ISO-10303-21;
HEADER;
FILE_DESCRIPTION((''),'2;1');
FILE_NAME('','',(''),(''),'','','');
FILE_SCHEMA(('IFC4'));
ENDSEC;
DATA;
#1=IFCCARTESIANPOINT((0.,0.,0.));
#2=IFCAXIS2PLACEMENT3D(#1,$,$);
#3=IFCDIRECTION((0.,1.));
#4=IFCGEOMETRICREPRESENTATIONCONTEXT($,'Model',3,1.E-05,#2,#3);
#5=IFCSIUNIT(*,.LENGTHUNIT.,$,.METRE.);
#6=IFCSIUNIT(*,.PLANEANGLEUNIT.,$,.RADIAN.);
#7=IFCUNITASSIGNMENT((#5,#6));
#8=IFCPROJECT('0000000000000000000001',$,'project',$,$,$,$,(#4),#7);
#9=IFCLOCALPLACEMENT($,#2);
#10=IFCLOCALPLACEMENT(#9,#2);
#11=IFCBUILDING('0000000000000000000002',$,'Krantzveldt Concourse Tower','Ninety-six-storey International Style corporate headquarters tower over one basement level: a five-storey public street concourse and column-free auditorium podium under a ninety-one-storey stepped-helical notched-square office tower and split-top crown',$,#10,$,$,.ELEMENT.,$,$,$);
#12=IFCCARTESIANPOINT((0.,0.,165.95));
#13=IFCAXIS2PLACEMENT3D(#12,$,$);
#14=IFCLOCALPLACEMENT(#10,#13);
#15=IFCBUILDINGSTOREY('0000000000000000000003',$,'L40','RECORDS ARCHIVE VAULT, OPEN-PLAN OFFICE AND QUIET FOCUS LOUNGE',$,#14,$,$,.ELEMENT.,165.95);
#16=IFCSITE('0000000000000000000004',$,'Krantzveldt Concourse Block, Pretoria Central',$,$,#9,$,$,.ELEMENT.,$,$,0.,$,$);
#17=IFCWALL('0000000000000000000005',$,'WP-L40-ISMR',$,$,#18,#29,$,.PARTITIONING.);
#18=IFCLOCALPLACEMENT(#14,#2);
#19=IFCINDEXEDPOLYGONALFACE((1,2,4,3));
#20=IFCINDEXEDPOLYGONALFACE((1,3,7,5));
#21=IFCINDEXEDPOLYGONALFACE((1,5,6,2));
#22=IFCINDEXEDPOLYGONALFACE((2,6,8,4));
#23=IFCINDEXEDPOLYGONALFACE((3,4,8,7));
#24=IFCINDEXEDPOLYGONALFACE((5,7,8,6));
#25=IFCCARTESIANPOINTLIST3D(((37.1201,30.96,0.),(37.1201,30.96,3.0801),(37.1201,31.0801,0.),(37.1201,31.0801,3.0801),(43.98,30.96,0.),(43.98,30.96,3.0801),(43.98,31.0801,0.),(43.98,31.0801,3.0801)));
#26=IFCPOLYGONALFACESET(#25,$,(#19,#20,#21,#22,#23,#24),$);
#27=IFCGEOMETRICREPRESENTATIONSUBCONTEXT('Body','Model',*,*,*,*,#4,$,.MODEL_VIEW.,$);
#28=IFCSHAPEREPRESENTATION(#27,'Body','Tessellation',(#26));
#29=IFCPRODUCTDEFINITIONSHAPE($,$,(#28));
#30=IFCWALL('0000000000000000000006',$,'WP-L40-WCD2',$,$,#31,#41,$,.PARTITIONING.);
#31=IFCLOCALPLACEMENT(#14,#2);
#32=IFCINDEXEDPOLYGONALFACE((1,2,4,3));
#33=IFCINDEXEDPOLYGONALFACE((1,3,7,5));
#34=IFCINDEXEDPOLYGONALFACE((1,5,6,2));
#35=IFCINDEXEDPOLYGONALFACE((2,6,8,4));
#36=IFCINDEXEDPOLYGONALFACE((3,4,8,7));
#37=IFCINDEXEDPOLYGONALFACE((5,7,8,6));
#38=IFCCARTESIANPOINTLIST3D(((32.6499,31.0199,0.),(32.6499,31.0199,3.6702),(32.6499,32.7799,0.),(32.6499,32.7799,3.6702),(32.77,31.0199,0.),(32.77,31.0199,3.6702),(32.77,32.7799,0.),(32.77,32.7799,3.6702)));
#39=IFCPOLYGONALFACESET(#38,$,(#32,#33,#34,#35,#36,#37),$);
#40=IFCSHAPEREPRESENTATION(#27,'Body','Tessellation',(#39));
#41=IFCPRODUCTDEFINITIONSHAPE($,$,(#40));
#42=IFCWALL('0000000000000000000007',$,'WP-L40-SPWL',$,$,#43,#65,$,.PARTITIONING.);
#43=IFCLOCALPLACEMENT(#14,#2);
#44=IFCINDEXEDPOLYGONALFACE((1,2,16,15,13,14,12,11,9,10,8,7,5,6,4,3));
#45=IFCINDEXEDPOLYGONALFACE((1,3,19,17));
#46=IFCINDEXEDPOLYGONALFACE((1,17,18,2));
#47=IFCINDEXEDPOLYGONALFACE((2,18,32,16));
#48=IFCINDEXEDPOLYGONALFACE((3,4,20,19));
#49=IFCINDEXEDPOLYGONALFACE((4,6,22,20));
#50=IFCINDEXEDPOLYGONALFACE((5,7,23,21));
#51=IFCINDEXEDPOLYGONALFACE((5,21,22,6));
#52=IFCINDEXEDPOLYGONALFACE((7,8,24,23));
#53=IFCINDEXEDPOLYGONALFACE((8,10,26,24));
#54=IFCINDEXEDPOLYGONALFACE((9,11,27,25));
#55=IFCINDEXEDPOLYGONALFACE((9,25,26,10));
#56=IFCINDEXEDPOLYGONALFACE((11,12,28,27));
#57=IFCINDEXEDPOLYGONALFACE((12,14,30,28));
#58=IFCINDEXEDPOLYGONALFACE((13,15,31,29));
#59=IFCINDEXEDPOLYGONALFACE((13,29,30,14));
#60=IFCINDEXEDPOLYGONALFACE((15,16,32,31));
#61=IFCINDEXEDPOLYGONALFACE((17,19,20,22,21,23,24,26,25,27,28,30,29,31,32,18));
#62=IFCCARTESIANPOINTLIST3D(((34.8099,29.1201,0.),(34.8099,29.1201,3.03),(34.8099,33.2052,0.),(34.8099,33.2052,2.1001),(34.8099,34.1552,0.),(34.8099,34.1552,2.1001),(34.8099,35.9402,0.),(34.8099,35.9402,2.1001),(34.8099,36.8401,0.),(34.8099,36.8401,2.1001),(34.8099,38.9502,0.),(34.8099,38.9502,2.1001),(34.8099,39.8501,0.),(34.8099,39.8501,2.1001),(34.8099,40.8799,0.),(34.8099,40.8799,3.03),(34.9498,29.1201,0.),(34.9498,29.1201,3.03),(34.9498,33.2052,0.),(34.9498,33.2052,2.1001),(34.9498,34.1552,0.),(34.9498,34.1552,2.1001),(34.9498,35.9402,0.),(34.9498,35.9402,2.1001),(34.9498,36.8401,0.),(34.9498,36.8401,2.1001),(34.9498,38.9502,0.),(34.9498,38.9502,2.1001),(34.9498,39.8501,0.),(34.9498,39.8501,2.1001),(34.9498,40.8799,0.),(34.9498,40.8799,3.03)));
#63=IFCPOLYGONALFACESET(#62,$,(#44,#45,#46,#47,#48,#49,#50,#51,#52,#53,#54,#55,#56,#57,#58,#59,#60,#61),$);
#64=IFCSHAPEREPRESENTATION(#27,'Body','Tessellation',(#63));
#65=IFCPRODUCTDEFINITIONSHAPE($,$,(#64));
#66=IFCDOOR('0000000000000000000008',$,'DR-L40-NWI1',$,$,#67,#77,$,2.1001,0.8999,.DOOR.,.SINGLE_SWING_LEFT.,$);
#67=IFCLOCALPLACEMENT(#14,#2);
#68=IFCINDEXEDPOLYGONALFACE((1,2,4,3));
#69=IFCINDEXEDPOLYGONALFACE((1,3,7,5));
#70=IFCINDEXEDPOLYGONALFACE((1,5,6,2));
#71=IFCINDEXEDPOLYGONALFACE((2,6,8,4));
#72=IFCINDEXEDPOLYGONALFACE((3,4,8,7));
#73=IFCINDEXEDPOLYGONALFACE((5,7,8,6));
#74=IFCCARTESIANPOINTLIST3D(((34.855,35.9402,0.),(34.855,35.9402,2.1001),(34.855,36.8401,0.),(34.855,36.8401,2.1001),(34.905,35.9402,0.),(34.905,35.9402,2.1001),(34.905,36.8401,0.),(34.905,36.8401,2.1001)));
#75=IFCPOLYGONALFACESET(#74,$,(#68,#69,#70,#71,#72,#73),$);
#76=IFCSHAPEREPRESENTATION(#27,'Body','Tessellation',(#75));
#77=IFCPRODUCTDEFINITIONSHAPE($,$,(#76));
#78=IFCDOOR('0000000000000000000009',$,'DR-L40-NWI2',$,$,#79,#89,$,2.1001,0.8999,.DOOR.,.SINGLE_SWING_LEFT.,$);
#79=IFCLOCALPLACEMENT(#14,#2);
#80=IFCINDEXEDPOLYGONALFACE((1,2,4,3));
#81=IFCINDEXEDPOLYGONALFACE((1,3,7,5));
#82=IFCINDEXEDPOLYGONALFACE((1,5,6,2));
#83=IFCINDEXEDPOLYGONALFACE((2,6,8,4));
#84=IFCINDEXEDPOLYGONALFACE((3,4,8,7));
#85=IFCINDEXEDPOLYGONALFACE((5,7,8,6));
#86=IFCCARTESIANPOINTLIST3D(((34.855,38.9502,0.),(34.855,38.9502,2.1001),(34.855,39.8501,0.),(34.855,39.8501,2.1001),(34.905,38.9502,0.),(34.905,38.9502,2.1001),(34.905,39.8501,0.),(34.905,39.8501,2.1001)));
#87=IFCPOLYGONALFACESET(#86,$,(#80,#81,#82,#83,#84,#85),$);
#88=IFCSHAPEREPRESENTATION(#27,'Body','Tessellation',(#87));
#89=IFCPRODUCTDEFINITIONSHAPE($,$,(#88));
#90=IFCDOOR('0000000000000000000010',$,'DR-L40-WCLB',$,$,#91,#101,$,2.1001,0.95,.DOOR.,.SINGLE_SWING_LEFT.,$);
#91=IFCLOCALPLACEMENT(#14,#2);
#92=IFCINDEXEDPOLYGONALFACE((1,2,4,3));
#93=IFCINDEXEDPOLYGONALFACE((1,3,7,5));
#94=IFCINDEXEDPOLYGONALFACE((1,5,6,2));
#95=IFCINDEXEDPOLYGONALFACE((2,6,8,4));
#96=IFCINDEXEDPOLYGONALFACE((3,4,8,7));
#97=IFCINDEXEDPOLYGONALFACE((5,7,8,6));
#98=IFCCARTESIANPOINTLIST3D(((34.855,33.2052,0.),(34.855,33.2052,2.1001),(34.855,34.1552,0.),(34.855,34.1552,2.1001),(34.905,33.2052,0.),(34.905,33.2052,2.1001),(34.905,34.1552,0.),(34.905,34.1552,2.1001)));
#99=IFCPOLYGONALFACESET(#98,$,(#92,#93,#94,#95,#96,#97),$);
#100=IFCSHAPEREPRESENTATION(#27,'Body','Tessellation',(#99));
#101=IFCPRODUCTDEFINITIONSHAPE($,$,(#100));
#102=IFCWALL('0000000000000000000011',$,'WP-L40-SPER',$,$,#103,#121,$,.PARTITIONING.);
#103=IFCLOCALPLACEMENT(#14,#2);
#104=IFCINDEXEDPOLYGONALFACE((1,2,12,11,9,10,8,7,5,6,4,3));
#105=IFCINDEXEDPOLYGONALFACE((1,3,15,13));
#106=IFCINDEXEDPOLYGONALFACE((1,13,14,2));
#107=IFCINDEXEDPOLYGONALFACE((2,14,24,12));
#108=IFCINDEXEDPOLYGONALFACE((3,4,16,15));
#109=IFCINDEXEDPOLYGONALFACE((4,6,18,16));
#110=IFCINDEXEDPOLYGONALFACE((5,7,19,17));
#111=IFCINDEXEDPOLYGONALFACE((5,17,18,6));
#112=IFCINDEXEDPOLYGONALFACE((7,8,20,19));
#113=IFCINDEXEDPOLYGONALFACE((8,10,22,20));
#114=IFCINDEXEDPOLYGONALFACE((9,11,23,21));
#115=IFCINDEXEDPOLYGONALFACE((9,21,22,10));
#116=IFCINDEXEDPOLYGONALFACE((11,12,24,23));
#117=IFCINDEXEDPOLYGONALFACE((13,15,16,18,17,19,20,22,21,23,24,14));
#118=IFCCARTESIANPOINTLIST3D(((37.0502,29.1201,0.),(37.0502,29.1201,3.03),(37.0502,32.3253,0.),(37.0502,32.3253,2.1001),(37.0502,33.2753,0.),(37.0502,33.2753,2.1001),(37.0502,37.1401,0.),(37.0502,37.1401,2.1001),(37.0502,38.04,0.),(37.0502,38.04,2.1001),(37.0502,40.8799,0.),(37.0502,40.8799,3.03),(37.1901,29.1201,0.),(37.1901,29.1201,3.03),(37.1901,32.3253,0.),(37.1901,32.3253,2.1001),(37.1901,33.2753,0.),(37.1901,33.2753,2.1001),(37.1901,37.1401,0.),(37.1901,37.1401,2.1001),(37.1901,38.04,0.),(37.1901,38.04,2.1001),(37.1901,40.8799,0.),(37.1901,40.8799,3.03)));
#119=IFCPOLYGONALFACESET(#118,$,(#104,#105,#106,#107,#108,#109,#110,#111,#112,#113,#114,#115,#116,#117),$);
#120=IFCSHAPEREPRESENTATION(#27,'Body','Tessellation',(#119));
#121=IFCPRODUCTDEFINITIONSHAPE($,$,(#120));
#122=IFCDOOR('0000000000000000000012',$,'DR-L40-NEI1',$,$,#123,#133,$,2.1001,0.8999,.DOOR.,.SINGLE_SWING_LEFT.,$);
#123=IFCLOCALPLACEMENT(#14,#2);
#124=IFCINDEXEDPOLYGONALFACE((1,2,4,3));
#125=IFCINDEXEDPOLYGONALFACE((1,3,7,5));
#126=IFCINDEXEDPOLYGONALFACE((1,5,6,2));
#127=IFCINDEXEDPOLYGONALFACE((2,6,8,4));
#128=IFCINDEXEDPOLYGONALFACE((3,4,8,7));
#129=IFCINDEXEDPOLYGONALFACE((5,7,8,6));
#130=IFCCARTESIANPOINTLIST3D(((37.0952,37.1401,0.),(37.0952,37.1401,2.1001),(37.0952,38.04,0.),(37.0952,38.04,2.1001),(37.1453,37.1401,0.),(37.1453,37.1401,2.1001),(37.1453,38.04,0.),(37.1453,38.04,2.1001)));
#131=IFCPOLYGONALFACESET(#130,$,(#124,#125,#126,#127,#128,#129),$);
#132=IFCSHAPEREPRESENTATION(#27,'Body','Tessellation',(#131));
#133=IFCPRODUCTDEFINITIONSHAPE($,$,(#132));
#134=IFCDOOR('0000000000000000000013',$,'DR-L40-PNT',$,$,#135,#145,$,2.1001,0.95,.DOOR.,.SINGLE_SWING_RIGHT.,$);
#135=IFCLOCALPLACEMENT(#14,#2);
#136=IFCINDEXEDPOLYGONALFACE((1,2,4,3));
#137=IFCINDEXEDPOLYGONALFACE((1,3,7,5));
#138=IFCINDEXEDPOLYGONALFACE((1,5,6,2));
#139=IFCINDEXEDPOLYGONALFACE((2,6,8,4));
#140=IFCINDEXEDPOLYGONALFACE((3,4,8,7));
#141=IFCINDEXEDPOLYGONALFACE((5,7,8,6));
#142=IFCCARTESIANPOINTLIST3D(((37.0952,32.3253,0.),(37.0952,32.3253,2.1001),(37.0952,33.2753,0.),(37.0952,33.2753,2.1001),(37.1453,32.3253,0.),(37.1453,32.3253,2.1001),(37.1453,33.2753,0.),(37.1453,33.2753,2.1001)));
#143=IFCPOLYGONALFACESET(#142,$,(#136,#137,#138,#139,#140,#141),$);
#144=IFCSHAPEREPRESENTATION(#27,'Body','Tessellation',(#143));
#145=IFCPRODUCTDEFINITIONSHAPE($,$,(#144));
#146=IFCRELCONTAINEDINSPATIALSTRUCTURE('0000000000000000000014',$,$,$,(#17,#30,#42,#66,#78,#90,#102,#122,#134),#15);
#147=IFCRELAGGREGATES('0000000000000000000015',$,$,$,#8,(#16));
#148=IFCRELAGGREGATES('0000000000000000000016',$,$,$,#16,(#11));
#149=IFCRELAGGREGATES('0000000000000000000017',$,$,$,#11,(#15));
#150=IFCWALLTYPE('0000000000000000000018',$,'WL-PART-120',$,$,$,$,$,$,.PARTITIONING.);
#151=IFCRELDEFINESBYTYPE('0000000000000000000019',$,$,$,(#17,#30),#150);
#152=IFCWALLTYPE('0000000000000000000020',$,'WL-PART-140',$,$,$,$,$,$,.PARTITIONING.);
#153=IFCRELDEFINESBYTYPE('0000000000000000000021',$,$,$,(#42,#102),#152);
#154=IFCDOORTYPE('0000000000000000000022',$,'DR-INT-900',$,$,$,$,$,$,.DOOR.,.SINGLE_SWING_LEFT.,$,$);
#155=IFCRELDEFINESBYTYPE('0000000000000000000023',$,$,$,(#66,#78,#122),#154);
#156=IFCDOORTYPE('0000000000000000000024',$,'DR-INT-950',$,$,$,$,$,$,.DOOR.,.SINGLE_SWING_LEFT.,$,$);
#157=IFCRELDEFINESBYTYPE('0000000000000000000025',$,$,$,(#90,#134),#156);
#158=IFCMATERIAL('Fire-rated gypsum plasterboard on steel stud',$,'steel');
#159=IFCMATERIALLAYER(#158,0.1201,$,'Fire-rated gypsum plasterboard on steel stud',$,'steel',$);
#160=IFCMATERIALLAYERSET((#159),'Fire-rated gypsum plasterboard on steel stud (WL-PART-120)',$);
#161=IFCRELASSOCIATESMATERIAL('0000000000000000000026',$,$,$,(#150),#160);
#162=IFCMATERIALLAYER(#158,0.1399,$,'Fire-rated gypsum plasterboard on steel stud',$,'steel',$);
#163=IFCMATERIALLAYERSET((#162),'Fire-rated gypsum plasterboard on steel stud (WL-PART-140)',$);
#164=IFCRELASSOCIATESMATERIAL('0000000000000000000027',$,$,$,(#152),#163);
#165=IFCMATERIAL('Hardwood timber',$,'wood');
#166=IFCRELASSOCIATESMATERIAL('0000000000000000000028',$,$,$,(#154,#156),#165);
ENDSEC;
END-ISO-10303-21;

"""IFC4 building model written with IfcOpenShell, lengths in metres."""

from ifc_helpers import new_model, si_unit, direction, frame, frame_2d, origin, place, context, subcontext, project, spatial, rectangle, extrude, material, layer, layer_set, type_object, element, fill, save


model = new_model("IFC4")

# Units and contexts
model_context = context("Model", 3, precision=1e-05, world=origin(), true_north=direction((0.0, 1.0)))
body_context = subcontext(model_context, "Body", "Model", "MODEL_VIEW")
ifc_project = project(units=[si_unit("LENGTHUNIT", "METRE"), si_unit("PLANEANGLEUNIT", "RADIAN")], contexts=[model_context])

# Site, building, storey
site_placement = place(None, origin())
site = spatial("IfcSite", under=ifc_project, at=site_placement, Name="Krantzveldt Concourse Block, Pretoria Central", CompositionType="ELEMENT", RefElevation=0.0)
building_placement = place(site_placement, origin())
building = spatial("IfcBuilding", under=site, at=building_placement, Name="Krantzveldt Concourse Tower", Description="Ninety-six-storey International Style corporate headquarters tower over one basement level: a five-storey public street concourse and column-free auditorium podium under a ninety-one-storey stepped-helical notched-square office tower and split-top crown", CompositionType="ELEMENT")
storey_placement = place(building_placement, frame((0.0, 0.0, 165.95)))
storey = spatial("IfcBuildingStorey", under=building, at=storey_placement, Name="L40", Description="RECORDS ARCHIVE VAULT, OPEN-PLAN OFFICE AND QUIET FOCUS LOUNGE", CompositionType="ELEMENT", Elevation=165.95)

# Walls
ifc_material_1 = material(Name="Fire-rated gypsum plasterboard on steel stud", Category="steel")
ifc_layer_1 = layer(ifc_material_1, 0.1201, Name="Fire-rated gypsum plasterboard on steel stud", Category="steel")
ifc_layer_set_1 = layer_set([ifc_layer_1], Name="Fire-rated gypsum plasterboard on steel stud (WL-PART-120)")
wall_type_1 = type_object("IfcWallType", Name="WL-PART-120", PredefinedType="PARTITIONING", material=ifc_layer_set_1)
wall_1_placement = place(storey_placement, frame((37.1201, 31.02, 0.0), z_axis=(0.0, 0.0, 1.0), x_axis=(1.0, 0.0, 0.0)))
element("IfcWall", 1, at=wall_1_placement, inside=storey, type_object=wall_type_1, Name="WP-L40-ISMR", PredefinedType="PARTITIONING", context=body_context, shape_type="SweptSolid", body=[
    extrude(rectangle(XDim=6.8599, YDim=0.1201, at=frame_2d((3.4299, 0.0))), origin(), (0.0, 0.0, 1.0), 3.0801),
])
wall_2_placement = place(storey_placement, frame((32.71, 31.02, 0.0), z_axis=(0.0, 0.0, 1.0), x_axis=(0.0, 1.0, 0.0)))
element("IfcWall", 2, at=wall_2_placement, inside=storey, type_object=wall_type_1, Name="WP-L40-WCD2", PredefinedType="PARTITIONING", context=body_context, shape_type="SweptSolid", body=[
    extrude(rectangle(XDim=1.76, YDim=0.1201, at=frame_2d((0.8799, 0.0))), origin(), (0.0, 0.0, 1.0), 3.6702),
])

# Walls, openings, doors
ifc_layer_2 = layer(ifc_material_1, 0.1399, Name="Fire-rated gypsum plasterboard on steel stud", Category="steel")
ifc_layer_set_2 = layer_set([ifc_layer_2], Name="Fire-rated gypsum plasterboard on steel stud (WL-PART-140)")
wall_type_2 = type_object("IfcWallType", Name="WL-PART-140", PredefinedType="PARTITIONING", material=ifc_layer_set_2)
wall_3_placement = place(storey_placement, frame((34.8799, 29.1201, 0.0), z_axis=(0.0, 0.0, 1.0), x_axis=(0.0, 1.0, 0.0)))
wall_3 = element("IfcWall", 3, at=wall_3_placement, inside=storey, type_object=wall_type_2, Name="WP-L40-SPWL", PredefinedType="PARTITIONING", context=body_context, shape_type="SweptSolid", body=[
    extrude(rectangle(XDim=11.7598, YDim=0.1399, at=frame_2d((5.8799, 0.0))), origin(), (0.0, 0.0, 1.0), 3.03),
])
opening_1_placement = place(wall_3_placement, frame((4.085, 0.0, 0.0)))
opening_1 = element("IfcOpeningElement", 4, at=opening_1_placement, cuts=wall_3, PredefinedType="OPENING", context=body_context, shape_type="SweptSolid", body=[
    extrude(rectangle(XDim=0.95, YDim=2.1001, at=frame_2d((0.4751, 1.05))), frame((0.0, 0.0801, 0.0), z_axis=(0.0, -1.0, 0.0), x_axis=(1.0, 0.0, 0.0)), (0.0, 0.0, 1.0), 0.1599),
])
opening_2_placement = place(wall_3_placement, frame((6.8201, 0.0, 0.0)))
opening_2 = element("IfcOpeningElement", 5, at=opening_2_placement, cuts=wall_3, PredefinedType="OPENING", context=body_context, shape_type="SweptSolid", body=[
    extrude(rectangle(XDim=0.8999, YDim=2.1001, at=frame_2d((0.45, 1.05))), frame((0.0, 0.0801, 0.0), z_axis=(0.0, -1.0, 0.0), x_axis=(1.0, 0.0, 0.0)), (0.0, 0.0, 1.0), 0.1599),
])
opening_3_placement = place(wall_3_placement, frame((9.8301, 0.0, 0.0)))
opening_3 = element("IfcOpeningElement", 6, at=opening_3_placement, cuts=wall_3, PredefinedType="OPENING", context=body_context, shape_type="SweptSolid", body=[
    extrude(rectangle(XDim=0.8999, YDim=2.1001, at=frame_2d((0.45, 1.05))), frame((0.0, 0.0801, 0.0), z_axis=(0.0, -1.0, 0.0), x_axis=(1.0, 0.0, 0.0)), (0.0, 0.0, 1.0), 0.1599),
])
ifc_material_2 = material(Name="Hardwood timber", Category="wood")
door_type_1 = type_object("IfcDoorType", Name="DR-INT-900", OperationType="SINGLE_SWING_LEFT", PredefinedType="DOOR", material=ifc_material_2)
door_1_placement = place(opening_2_placement, origin())
door_1 = element("IfcDoor", 7, at=door_1_placement, inside=storey, type_object=door_type_1, Name="DR-L40-NWI1", OperationType="SINGLE_SWING_LEFT", OverallHeight=2.1001, OverallWidth=0.8999, PredefinedType="DOOR", context=body_context, shape_type="SweptSolid", body=[
    extrude(rectangle(XDim=0.8999, YDim=2.1001, at=frame_2d((0.45, 1.05))), frame((0.0, 0.0249, 0.0), z_axis=(0.0, -1.0, 0.0), x_axis=(1.0, 0.0, 0.0)), (0.0, 0.0, 1.0), 0.05),
])
fill(opening_2, door_1)
door_2_placement = place(opening_3_placement, origin())
door_2 = element("IfcDoor", 8, at=door_2_placement, inside=storey, type_object=door_type_1, Name="DR-L40-NWI2", OperationType="SINGLE_SWING_LEFT", OverallHeight=2.1001, OverallWidth=0.8999, PredefinedType="DOOR", context=body_context, shape_type="SweptSolid", body=[
    extrude(rectangle(XDim=0.8999, YDim=2.1001, at=frame_2d((0.45, 1.05))), frame((0.0, 0.0249, 0.0), z_axis=(0.0, -1.0, 0.0), x_axis=(1.0, 0.0, 0.0)), (0.0, 0.0, 1.0), 0.05),
])
fill(opening_3, door_2)
door_type_2 = type_object("IfcDoorType", Name="DR-INT-950", OperationType="SINGLE_SWING_LEFT", PredefinedType="DOOR", material=ifc_material_2)
door_3_placement = place(opening_1_placement, origin())
door_3 = element("IfcDoor", 9, at=door_3_placement, inside=storey, type_object=door_type_2, Name="DR-L40-WCLB", OperationType="SINGLE_SWING_LEFT", OverallHeight=2.1001, OverallWidth=0.95, PredefinedType="DOOR", context=body_context, shape_type="SweptSolid", body=[
    extrude(rectangle(XDim=0.95, YDim=2.1001, at=frame_2d((0.4751, 1.05))), frame((0.0, 0.0249, 0.0), z_axis=(0.0, -1.0, 0.0), x_axis=(1.0, 0.0, 0.0)), (0.0, 0.0, 1.0), 0.05),
])
fill(opening_1, door_3)
wall_4_placement = place(storey_placement, frame((37.1201, 29.1201, 0.0), z_axis=(0.0, 0.0, 1.0), x_axis=(0.0, 1.0, 0.0)))
wall_4 = element("IfcWall", 10, at=wall_4_placement, inside=storey, type_object=wall_type_2, Name="WP-L40-SPER", PredefinedType="PARTITIONING", context=body_context, shape_type="SweptSolid", body=[
    extrude(rectangle(XDim=11.7598, YDim=0.1399, at=frame_2d((5.8799, 0.0))), origin(), (0.0, 0.0, 1.0), 3.03),
])
opening_4_placement = place(wall_4_placement, frame((3.2051, 0.0, 0.0)))
opening_4 = element("IfcOpeningElement", 11, at=opening_4_placement, cuts=wall_4, PredefinedType="OPENING", context=body_context, shape_type="SweptSolid", body=[
    extrude(rectangle(XDim=0.95, YDim=2.1001, at=frame_2d((0.4751, 1.05))), frame((0.0, 0.0801, 0.0), z_axis=(0.0, -1.0, 0.0), x_axis=(1.0, 0.0, 0.0)), (0.0, 0.0, 1.0), 0.1599),
])
opening_5_placement = place(wall_4_placement, frame((8.02, 0.0, 0.0)))
opening_5 = element("IfcOpeningElement", 12, at=opening_5_placement, cuts=wall_4, PredefinedType="OPENING", context=body_context, shape_type="SweptSolid", body=[
    extrude(rectangle(XDim=0.8999, YDim=2.1001, at=frame_2d((0.45, 1.05))), frame((0.0, 0.0801, 0.0), z_axis=(0.0, -1.0, 0.0), x_axis=(1.0, 0.0, 0.0)), (0.0, 0.0, 1.0), 0.1599),
])
door_4_placement = place(opening_5_placement, origin())
door_4 = element("IfcDoor", 13, at=door_4_placement, inside=storey, type_object=door_type_1, Name="DR-L40-NEI1", OperationType="SINGLE_SWING_LEFT", OverallHeight=2.1001, OverallWidth=0.8999, PredefinedType="DOOR", context=body_context, shape_type="SweptSolid", body=[
    extrude(rectangle(XDim=0.8999, YDim=2.1001, at=frame_2d((0.45, 1.05))), frame((0.0, 0.0249, 0.0), z_axis=(0.0, -1.0, 0.0), x_axis=(1.0, 0.0, 0.0)), (0.0, 0.0, 1.0), 0.05),
])
fill(opening_5, door_4)
door_5_placement = place(opening_4_placement, origin())
door_5 = element("IfcDoor", 14, at=door_5_placement, inside=storey, type_object=door_type_2, Name="DR-L40-PNT", OperationType="SINGLE_SWING_RIGHT", OverallHeight=2.1001, OverallWidth=0.95, PredefinedType="DOOR", context=body_context, shape_type="SweptSolid", body=[
    extrude(rectangle(XDim=0.95, YDim=2.1001, at=frame_2d((0.4751, 1.05))), frame((0.0, 0.0249, 0.0), z_axis=(0.0, -1.0, 0.0), x_axis=(1.0, 0.0, 0.0)), (0.0, 0.0, 1.0), 0.05),
])
fill(opening_4, door_5)

save(model, "model.ifc")
